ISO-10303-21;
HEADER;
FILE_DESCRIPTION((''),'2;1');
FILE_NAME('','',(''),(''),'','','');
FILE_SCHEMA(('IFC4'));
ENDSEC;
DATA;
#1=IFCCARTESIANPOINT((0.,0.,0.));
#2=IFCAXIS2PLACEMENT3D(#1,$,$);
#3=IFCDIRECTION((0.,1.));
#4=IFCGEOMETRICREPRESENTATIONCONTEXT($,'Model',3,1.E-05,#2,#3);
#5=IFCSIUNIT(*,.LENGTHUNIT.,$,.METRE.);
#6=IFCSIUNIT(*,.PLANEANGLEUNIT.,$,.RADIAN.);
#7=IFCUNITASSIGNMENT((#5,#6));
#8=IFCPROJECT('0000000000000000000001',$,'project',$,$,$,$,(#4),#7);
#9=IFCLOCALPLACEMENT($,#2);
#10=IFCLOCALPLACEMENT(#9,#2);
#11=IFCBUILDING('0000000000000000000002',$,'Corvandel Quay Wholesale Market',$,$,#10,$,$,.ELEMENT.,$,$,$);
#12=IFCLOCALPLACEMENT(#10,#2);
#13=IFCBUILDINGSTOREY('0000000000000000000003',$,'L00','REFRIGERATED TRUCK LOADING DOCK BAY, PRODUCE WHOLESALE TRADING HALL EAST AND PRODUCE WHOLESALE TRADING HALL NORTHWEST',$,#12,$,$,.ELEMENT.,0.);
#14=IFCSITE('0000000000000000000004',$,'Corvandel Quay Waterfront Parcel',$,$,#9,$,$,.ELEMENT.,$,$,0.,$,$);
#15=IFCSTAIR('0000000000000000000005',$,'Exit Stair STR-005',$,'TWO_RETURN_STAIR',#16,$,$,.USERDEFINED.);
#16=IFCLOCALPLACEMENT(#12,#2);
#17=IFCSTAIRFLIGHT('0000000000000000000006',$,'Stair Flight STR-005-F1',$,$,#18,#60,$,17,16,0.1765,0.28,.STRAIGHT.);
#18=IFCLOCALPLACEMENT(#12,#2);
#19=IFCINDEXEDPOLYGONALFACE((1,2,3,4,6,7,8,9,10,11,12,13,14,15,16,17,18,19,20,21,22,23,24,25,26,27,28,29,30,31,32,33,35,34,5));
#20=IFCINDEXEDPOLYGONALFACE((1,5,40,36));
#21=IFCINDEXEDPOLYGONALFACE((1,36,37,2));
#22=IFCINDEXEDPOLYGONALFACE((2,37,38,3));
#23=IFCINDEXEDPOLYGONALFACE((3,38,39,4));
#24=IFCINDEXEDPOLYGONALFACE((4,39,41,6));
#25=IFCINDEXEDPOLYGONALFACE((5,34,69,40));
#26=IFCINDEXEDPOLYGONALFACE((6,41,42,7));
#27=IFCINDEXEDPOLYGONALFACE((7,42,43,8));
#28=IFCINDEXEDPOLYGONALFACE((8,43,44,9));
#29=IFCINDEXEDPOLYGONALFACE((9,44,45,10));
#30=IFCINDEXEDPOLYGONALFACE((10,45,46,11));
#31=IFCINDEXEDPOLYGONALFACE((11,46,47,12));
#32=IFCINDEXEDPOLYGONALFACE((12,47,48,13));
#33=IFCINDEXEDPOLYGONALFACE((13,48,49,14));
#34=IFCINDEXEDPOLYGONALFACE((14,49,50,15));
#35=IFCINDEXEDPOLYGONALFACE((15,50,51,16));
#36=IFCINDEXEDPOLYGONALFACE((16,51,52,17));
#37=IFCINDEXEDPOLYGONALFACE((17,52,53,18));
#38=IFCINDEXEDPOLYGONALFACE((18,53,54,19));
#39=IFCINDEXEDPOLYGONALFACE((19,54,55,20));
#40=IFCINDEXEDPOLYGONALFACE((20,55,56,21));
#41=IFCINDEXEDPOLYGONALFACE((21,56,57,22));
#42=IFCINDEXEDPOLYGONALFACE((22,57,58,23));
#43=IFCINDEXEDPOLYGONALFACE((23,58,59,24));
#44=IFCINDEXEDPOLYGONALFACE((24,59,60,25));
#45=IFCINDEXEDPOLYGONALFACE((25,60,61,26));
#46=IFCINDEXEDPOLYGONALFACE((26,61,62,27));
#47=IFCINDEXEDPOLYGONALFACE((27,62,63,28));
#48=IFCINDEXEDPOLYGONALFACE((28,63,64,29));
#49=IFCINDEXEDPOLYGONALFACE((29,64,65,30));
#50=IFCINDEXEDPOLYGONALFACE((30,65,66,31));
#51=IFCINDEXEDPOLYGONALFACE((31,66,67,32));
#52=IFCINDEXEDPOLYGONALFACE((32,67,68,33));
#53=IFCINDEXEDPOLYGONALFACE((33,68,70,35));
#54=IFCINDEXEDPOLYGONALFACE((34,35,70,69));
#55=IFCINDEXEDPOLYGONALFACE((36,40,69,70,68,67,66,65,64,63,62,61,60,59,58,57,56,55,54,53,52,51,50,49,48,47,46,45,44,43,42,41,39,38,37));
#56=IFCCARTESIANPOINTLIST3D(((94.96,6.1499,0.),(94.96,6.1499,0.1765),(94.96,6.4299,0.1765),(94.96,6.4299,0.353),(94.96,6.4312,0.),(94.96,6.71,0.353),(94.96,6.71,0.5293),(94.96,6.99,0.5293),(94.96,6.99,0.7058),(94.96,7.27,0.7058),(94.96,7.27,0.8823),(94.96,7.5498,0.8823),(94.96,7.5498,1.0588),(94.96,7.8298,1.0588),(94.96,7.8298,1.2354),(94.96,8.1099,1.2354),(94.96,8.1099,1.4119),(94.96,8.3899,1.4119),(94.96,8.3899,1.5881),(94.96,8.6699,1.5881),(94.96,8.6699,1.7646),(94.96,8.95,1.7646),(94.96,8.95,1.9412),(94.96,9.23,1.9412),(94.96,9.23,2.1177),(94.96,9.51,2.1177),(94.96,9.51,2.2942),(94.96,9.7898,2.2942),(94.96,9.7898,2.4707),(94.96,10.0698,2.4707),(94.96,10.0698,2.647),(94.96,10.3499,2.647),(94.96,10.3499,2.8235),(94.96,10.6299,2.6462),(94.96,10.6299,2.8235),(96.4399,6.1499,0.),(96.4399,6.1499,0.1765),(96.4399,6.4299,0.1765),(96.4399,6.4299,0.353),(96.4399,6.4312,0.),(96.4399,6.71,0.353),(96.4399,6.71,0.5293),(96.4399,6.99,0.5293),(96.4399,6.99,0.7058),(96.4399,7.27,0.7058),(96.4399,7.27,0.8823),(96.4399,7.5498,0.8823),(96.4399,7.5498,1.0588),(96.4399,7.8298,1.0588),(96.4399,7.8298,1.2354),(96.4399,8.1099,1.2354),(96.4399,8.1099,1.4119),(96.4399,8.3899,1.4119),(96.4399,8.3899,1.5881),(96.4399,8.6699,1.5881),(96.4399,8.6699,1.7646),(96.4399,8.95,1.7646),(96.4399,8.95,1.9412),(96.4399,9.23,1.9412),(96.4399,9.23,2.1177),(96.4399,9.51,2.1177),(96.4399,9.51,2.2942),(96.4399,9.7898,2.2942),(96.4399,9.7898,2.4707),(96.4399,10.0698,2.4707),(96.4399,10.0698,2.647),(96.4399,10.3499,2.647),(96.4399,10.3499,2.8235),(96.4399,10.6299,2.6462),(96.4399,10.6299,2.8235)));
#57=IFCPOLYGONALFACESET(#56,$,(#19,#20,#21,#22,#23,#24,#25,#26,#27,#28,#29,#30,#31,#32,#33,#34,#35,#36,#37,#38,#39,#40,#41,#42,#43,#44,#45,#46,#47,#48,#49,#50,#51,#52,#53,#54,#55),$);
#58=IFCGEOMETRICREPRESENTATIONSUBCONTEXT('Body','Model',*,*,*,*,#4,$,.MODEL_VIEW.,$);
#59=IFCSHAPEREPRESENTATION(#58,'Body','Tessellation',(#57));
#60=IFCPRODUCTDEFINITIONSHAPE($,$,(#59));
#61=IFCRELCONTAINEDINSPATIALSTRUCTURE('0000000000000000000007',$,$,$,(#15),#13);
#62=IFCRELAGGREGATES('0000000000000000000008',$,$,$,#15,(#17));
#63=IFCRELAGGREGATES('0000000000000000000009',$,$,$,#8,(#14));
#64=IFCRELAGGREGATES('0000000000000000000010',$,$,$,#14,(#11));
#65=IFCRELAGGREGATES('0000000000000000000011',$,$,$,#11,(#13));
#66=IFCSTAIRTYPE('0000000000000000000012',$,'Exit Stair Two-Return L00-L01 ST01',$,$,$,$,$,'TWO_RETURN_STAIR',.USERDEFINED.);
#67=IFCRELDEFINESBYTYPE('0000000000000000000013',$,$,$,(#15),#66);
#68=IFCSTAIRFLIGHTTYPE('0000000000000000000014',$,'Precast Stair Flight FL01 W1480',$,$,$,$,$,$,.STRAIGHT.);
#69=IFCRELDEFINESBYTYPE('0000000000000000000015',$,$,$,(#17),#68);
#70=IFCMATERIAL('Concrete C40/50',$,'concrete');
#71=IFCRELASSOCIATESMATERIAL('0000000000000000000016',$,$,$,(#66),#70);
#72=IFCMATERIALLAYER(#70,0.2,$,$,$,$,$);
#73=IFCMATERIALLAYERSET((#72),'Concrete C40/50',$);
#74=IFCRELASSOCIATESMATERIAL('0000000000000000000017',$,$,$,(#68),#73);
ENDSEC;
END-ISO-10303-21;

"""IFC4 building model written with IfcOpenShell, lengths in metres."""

from ifc_helpers import new_model, si_unit, direction, frame, origin, place, context, subcontext, project, spatial, polyline, outline, extrude, material, layer, layer_set, type_object, element, aggregate, save


model = new_model("IFC4")

# Units and contexts
model_context = context("Model", 3, precision=1e-05, world=origin(), true_north=direction((0.0, 1.0)))
body_context = subcontext(model_context, "Body", "Model", "MODEL_VIEW")
ifc_project = project(units=[si_unit("LENGTHUNIT", "METRE"), si_unit("PLANEANGLEUNIT", "RADIAN")], contexts=[model_context])

# Site, building, storey
site_placement = place(None, origin())
site = spatial("IfcSite", under=ifc_project, at=site_placement, Name="Corvandel Quay Waterfront Parcel", CompositionType="ELEMENT", RefElevation=0.0)
building_placement = place(site_placement, origin())
building = spatial("IfcBuilding", under=site, at=building_placement, Name="Corvandel Quay Wholesale Market", CompositionType="ELEMENT")
storey_placement = place(building_placement, origin())
storey = spatial("IfcBuildingStorey", under=building, at=storey_placement, Name="L00", Description="REFRIGERATED TRUCK LOADING DOCK BAY, PRODUCE WHOLESALE TRADING HALL EAST AND PRODUCE WHOLESALE TRADING HALL NORTHWEST", CompositionType="ELEMENT", Elevation=0.0)

# Shared definitions
ifc_material_1 = material(Name="Concrete C40/50", Category="concrete")

# Stair, stair flight
stair_type = type_object("IfcStairType", Name="Exit Stair Two-Return L00-L01 ST01", ElementType="TWO_RETURN_STAIR", PredefinedType="USERDEFINED", material=ifc_material_1)
stair_placement = place(storey_placement, origin())
stair = element("IfcStair", 1, at=stair_placement, inside=storey, type_object=stair_type, Name="Exit Stair STR-005", ObjectType="TWO_RETURN_STAIR", PredefinedType="USERDEFINED")
ifc_layer_1 = layer(ifc_material_1, 0.2)
ifc_layer_set_1 = layer_set([ifc_layer_1], Name="Concrete C40/50")
stair_flight_type = type_object("IfcStairFlightType", Name="Precast Stair Flight FL01 W1480", PredefinedType="STRAIGHT", material=ifc_layer_set_1)
stair_flight_placement = place(storey_placement, frame((95.7, 6.1499, 0.0), z_axis=(0.0, 0.0, 1.0), x_axis=(0.0, 1.0, 0.0)))
stair_flight = element("IfcStairFlight", 2, at=stair_flight_placement, type_object=stair_flight_type, Name="Stair Flight STR-005-F1", NumberOfRisers=17, NumberOfTreads=16, PredefinedType="STRAIGHT", RiserHeight=0.1765, TreadLength=0.28, context=body_context, shape_type="SweptSolid", body=[
    extrude(outline(polyline([(0.0, 0.0), (0.0, 0.1765), (0.28, 0.1765), (0.28, 0.353), (0.5601, 0.353), (0.5601, 0.5293), (0.8401, 0.5293), (0.8401, 0.7058), (1.1201, 0.7058), (1.1201, 0.8823), (1.3999, 0.8823), (1.3999, 1.0588), (1.6799, 1.0588), (1.6799, 1.2354), (1.96, 1.2354), (1.96, 1.4119), (2.24, 1.4119), (2.24, 1.5881), (2.52, 1.5881), (2.52, 1.7646), (2.8, 1.7646), (2.8, 1.9412), (3.0801, 1.9412), (3.0801, 2.1177), (3.3601, 2.1177), (3.3601, 2.2942), (3.6399, 2.2942), (3.6399, 2.4707), (3.9199, 2.4707), (3.9199, 2.647), (4.2, 2.647), (4.2, 2.8235), (4.48, 2.8235), (4.48, 3.0), (4.48, 2.6462), (0.2812, 0.0), (0.0, 0.0)])), frame((0.0, 0.74, 0.0), z_axis=(0.0, -1.0, 0.0), x_axis=(1.0, 0.0, 0.0)), (0.0, 0.0, 1.0), 1.48),
])
aggregate(stair, [stair_flight])

save(model, "model.ifc")
